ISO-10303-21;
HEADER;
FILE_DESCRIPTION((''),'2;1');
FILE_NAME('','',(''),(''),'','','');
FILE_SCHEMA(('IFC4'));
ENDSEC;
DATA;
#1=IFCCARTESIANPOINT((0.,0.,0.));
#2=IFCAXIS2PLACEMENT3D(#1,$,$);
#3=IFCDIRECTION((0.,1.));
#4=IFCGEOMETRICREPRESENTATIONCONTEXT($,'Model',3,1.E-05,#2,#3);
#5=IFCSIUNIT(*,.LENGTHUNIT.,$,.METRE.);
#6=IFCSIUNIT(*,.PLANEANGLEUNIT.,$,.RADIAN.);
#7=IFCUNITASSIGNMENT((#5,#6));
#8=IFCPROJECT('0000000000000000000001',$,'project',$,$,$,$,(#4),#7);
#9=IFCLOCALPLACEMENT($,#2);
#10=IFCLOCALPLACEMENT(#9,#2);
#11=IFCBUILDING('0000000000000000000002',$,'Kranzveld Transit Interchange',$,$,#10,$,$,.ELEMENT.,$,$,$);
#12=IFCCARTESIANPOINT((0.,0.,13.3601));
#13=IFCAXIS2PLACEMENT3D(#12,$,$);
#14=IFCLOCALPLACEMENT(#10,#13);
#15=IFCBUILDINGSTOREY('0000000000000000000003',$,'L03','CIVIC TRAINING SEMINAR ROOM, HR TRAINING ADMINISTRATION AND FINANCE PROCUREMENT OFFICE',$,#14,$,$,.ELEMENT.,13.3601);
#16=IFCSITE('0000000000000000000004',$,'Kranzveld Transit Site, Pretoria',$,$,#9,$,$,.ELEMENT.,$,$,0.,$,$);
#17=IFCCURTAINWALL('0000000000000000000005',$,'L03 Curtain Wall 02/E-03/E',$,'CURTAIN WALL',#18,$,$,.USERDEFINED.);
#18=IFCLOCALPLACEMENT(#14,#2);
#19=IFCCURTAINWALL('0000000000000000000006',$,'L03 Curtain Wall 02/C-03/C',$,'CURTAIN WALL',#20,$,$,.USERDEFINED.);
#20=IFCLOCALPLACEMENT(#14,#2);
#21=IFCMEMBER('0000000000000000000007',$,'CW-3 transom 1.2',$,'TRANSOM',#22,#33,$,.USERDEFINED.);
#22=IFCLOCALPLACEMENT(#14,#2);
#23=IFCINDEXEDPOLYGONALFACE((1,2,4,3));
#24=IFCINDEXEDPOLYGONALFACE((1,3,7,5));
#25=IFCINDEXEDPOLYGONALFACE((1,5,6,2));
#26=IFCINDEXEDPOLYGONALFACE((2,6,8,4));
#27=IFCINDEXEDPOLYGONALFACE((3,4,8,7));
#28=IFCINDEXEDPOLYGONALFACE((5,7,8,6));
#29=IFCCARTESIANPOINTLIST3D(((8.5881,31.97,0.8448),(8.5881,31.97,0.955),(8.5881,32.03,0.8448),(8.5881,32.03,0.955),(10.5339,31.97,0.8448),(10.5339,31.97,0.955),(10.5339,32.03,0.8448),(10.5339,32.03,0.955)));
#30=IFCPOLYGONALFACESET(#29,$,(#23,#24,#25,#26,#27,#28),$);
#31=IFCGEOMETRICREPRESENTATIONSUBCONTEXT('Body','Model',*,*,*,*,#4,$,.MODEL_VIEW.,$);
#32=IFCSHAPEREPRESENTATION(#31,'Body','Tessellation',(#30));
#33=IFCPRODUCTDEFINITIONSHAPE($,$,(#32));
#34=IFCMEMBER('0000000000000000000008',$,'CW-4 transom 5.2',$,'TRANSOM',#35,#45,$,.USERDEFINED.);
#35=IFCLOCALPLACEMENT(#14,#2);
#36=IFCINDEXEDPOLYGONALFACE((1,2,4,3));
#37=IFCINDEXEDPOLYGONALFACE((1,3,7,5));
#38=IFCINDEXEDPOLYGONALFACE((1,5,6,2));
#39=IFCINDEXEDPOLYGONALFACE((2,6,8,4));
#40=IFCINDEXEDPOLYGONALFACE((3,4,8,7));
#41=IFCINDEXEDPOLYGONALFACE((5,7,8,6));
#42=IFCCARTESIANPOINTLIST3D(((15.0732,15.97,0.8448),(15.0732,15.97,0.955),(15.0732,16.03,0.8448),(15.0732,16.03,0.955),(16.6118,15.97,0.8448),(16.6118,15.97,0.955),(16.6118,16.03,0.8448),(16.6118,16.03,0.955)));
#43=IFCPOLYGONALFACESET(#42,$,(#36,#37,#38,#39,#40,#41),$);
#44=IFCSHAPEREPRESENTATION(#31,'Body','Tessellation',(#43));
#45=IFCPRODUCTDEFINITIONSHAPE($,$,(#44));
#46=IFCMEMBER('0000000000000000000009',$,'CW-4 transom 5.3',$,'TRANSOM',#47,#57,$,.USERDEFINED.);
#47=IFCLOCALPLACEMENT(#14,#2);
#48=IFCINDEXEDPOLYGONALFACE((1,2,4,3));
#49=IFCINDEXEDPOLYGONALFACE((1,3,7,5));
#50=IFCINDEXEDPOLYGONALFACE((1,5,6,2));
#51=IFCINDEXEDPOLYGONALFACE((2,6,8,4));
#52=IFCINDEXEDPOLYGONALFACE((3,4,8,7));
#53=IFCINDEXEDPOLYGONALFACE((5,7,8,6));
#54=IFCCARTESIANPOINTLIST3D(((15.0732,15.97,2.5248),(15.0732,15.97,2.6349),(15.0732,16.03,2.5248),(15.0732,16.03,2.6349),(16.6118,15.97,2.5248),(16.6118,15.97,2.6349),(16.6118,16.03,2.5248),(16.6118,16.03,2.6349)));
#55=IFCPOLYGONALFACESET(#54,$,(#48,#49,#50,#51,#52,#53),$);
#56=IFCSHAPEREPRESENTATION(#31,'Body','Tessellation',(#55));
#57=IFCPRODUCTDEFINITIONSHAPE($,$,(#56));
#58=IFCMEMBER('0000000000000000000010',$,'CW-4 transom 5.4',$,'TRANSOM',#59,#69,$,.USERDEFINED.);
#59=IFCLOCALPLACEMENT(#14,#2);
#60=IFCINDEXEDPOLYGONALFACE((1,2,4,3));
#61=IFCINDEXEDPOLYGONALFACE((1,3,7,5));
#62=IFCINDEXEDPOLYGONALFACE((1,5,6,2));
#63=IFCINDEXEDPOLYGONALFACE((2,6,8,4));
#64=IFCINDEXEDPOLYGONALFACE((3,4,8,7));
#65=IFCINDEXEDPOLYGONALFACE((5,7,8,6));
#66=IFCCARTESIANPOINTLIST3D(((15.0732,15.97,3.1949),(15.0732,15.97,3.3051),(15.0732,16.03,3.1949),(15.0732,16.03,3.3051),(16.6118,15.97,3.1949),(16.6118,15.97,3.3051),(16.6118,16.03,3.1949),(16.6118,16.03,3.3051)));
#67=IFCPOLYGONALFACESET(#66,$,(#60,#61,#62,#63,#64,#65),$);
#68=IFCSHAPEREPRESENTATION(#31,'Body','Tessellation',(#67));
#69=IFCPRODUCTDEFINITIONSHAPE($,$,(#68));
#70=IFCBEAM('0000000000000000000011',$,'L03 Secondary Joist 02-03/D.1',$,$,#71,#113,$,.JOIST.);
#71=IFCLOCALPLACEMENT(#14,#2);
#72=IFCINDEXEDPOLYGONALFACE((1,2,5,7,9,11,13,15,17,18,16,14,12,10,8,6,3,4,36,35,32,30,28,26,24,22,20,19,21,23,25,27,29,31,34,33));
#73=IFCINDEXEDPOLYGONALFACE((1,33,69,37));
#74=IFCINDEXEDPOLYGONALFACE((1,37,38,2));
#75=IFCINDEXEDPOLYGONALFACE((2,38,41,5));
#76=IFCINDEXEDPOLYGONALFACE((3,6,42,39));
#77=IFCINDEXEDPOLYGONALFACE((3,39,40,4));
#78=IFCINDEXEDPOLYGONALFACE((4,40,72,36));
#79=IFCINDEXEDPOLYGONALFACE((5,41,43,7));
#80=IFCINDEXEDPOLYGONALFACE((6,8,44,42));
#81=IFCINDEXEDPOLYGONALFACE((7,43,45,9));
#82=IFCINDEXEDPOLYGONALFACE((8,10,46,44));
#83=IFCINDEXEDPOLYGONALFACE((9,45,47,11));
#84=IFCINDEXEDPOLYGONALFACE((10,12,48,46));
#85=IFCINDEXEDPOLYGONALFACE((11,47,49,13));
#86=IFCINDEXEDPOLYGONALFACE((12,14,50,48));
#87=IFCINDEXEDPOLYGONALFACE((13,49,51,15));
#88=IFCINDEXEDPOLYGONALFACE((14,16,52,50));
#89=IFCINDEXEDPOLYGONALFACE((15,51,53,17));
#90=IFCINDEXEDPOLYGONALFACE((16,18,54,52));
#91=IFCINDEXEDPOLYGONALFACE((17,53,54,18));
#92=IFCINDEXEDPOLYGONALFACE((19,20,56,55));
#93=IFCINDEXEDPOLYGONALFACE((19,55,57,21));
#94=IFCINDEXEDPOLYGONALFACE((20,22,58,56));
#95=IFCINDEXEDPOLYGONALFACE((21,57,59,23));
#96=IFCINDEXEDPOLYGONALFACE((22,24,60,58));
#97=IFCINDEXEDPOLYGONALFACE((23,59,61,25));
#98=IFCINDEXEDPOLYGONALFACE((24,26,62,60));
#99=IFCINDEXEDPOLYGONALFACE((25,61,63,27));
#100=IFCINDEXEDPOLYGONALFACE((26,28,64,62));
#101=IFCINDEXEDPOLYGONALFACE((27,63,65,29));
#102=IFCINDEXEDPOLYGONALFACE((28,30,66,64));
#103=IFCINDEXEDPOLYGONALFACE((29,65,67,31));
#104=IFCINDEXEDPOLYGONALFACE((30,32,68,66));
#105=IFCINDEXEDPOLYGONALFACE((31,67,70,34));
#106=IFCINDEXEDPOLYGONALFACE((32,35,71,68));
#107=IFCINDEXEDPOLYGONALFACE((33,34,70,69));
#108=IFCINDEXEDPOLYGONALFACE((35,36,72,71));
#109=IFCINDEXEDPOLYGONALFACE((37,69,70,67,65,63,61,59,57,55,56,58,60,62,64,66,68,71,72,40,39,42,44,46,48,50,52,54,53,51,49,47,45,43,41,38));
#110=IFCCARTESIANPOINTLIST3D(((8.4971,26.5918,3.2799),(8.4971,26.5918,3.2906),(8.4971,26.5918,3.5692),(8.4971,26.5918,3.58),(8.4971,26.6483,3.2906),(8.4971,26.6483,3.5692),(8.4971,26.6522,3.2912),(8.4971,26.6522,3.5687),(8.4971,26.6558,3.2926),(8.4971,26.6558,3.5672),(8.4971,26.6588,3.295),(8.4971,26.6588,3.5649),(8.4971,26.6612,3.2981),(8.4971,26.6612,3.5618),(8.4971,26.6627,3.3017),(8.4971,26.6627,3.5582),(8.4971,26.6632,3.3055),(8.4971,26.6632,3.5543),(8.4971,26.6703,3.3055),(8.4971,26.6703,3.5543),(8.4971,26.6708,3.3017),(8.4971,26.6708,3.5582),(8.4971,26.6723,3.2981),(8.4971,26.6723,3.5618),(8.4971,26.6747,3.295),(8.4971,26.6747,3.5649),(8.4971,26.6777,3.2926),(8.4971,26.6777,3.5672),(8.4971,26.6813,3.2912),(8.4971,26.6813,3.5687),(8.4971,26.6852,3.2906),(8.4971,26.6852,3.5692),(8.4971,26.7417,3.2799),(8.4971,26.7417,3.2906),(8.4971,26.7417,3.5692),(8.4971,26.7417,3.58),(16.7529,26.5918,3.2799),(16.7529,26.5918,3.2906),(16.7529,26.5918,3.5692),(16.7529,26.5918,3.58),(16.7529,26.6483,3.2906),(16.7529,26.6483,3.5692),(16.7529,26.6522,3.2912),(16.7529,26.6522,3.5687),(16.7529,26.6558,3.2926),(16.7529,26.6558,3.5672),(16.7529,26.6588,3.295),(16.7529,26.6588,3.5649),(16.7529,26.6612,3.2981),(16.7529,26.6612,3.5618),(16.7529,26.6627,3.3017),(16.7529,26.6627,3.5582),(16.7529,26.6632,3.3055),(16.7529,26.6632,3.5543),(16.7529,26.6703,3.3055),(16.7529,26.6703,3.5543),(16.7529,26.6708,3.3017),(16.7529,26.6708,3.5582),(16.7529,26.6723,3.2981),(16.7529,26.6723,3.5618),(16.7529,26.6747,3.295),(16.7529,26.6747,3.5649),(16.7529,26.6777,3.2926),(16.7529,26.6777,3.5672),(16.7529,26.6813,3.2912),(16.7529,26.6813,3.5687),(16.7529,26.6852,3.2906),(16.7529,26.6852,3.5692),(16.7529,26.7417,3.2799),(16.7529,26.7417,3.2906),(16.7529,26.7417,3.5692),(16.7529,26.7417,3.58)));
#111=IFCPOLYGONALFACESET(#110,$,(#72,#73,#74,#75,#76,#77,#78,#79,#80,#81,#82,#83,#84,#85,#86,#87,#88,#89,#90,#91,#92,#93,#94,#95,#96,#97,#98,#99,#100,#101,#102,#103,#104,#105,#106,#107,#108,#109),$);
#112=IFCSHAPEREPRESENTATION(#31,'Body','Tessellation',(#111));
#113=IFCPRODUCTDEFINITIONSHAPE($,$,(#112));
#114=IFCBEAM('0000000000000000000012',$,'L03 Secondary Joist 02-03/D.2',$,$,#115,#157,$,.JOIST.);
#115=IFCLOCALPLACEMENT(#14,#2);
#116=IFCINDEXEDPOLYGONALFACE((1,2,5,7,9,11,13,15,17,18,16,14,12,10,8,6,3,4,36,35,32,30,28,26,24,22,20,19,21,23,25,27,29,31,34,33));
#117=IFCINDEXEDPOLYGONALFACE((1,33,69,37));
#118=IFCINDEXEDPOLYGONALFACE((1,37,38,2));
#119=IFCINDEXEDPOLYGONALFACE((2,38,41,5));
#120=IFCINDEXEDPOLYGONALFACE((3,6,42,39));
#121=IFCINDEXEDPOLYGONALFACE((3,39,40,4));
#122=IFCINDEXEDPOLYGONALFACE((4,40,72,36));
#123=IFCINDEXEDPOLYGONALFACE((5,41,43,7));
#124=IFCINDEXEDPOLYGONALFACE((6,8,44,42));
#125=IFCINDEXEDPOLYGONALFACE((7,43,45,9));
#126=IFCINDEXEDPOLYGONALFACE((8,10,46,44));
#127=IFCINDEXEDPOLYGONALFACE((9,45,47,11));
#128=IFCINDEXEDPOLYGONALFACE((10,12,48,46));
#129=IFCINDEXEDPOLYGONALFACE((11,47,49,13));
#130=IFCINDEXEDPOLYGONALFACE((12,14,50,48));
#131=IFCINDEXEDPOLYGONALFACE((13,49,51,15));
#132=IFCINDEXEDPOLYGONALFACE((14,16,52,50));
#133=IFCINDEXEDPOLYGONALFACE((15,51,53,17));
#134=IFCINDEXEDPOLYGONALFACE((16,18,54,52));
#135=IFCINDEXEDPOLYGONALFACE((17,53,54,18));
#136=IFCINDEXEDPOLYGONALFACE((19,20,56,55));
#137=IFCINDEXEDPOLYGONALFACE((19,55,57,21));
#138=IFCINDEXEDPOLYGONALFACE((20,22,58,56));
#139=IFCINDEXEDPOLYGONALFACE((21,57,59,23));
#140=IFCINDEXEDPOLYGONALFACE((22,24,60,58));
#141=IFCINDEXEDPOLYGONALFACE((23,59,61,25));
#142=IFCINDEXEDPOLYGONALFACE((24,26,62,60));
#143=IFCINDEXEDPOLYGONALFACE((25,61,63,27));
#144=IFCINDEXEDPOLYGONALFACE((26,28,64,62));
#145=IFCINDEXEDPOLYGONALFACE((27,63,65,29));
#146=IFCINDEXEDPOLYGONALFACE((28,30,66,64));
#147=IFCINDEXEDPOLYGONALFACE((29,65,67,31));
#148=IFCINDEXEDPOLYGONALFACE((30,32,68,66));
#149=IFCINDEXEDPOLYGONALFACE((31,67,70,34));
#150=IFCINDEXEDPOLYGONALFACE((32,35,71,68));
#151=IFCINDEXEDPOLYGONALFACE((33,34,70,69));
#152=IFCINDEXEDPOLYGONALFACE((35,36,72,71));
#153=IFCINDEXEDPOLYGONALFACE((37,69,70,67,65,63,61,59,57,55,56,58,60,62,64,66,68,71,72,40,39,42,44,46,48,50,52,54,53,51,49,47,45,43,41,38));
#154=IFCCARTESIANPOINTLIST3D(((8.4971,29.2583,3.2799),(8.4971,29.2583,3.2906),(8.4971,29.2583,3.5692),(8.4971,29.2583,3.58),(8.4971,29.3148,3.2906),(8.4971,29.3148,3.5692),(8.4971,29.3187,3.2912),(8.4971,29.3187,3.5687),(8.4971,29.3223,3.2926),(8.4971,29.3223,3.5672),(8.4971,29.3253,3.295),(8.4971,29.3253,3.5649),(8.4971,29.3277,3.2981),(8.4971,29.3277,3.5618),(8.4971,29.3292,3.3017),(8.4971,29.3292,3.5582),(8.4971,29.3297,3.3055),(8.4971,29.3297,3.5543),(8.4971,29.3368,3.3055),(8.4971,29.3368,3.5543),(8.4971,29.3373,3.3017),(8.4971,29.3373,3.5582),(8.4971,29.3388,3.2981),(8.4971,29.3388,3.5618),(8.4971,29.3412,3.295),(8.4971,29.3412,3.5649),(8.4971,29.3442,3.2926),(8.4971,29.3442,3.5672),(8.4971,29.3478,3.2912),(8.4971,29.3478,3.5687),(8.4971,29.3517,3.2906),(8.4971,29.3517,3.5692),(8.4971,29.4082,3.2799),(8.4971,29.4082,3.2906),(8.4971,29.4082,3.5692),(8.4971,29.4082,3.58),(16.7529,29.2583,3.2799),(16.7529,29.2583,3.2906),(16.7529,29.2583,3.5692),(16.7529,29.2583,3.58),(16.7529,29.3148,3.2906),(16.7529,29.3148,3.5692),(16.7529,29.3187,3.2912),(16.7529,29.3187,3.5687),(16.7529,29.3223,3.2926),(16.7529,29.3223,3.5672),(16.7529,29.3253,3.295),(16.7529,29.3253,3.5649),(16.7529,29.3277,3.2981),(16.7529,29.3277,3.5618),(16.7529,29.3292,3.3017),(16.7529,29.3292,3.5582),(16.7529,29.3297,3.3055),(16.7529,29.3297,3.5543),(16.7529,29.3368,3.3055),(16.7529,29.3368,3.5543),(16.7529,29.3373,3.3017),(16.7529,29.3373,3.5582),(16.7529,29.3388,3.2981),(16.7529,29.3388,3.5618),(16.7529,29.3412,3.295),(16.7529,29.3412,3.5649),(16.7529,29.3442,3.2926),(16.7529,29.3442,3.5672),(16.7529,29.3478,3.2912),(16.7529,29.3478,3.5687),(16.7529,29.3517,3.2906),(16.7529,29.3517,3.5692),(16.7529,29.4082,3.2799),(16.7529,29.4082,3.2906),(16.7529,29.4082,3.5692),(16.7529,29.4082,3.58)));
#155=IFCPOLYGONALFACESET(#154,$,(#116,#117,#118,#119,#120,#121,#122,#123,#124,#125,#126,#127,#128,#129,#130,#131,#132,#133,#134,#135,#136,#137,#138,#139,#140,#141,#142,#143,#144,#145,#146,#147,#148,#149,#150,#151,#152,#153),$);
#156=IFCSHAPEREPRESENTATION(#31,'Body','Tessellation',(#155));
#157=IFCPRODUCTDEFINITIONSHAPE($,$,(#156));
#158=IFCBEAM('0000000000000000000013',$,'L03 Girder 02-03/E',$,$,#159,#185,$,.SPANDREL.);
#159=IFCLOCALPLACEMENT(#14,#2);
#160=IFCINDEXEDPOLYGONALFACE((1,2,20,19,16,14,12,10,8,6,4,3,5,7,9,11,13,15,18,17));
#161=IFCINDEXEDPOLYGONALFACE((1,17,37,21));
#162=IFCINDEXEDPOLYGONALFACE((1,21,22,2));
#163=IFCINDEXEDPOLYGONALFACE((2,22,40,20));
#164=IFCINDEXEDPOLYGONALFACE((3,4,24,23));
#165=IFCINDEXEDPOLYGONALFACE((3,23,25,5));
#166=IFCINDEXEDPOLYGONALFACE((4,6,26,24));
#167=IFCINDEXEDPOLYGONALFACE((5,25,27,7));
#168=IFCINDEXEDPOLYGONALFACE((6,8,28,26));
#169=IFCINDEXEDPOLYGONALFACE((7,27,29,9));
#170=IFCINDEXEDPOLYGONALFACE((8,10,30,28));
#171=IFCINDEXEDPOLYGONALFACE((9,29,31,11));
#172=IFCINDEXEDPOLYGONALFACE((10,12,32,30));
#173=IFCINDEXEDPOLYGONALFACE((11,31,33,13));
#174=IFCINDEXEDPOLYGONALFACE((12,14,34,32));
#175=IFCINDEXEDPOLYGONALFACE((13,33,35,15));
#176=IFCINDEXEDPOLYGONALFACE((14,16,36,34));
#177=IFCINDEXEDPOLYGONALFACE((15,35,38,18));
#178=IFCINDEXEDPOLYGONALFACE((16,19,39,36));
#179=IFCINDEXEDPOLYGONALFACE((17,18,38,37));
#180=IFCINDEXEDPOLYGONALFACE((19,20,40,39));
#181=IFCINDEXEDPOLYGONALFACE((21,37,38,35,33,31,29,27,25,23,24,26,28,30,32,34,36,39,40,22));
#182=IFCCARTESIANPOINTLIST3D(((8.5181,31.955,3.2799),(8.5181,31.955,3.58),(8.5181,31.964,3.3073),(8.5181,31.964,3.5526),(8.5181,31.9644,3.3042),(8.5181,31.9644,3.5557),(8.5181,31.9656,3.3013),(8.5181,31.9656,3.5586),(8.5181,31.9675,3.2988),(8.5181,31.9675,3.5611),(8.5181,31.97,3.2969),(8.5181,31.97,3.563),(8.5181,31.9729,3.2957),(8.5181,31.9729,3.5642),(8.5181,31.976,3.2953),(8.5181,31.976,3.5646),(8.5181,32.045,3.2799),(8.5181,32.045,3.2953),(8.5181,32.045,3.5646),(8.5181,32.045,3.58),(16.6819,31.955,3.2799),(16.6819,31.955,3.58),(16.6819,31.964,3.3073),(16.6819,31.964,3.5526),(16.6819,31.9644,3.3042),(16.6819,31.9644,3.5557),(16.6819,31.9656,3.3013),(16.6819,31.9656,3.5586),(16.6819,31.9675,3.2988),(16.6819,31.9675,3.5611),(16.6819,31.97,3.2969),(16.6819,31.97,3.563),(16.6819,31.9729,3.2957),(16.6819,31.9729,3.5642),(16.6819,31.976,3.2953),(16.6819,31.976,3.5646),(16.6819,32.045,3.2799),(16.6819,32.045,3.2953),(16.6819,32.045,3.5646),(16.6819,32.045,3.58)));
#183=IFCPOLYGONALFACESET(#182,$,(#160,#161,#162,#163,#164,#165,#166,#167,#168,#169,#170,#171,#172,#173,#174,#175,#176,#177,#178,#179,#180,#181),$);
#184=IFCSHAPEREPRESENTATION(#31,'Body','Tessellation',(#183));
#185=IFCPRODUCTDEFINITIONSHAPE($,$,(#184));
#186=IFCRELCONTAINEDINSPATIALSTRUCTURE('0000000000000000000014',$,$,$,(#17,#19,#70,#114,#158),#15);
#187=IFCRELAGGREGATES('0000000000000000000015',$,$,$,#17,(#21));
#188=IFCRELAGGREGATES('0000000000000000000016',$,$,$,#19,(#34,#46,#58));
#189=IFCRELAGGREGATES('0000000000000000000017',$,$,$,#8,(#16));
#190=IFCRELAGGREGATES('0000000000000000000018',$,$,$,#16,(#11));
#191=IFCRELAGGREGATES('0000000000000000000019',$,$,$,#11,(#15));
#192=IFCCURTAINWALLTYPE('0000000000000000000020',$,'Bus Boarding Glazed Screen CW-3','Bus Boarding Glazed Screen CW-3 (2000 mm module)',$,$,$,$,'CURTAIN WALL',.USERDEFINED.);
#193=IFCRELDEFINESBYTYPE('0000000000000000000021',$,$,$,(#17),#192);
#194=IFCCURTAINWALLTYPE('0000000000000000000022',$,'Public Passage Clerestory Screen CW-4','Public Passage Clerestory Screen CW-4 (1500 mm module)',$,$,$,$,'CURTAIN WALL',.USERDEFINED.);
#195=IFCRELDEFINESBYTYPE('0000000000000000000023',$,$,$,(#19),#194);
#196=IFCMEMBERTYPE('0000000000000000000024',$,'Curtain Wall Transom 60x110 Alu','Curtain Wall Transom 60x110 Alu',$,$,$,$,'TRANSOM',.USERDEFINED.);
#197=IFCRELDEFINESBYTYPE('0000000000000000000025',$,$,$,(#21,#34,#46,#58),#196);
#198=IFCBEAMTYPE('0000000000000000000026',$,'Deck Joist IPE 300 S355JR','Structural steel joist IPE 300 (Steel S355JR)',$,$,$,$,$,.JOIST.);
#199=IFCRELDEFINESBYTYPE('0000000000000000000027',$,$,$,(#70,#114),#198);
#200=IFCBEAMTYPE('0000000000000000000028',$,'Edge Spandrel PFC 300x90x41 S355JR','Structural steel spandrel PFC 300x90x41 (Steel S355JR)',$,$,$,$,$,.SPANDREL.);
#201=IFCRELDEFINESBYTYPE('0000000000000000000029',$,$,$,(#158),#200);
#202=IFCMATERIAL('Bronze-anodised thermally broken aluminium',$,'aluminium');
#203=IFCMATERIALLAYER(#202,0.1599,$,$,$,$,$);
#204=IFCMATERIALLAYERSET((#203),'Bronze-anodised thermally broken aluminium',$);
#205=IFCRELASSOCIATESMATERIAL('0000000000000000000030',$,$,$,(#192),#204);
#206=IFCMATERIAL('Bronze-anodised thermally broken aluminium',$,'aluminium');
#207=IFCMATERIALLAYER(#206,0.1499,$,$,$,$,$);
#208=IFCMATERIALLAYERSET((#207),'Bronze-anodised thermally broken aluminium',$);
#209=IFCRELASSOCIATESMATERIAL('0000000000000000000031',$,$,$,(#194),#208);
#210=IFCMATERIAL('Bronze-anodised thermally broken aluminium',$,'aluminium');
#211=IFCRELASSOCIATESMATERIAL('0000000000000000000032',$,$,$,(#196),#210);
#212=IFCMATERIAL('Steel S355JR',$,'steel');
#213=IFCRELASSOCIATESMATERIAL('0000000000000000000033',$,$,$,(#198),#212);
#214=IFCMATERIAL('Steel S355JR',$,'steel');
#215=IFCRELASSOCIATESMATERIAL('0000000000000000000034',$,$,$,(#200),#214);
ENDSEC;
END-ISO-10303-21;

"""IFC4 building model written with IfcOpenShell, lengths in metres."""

from ifc_helpers import new_model, si_unit, direction, frame, origin, origin_2d, place, context, subcontext, project, spatial, rectangle, i_section, u_section, extrude, material, layer, layer_set, material_profile, profile_set, type_object, element, aggregate, save


model = new_model("IFC4")

# Units and contexts
model_context = context("Model", 3, precision=1e-05, world=origin(), true_north=direction((0.0, 1.0)))
body_context = subcontext(model_context, "Body", "Model", "MODEL_VIEW")
ifc_project = project(units=[si_unit("LENGTHUNIT", "METRE"), si_unit("PLANEANGLEUNIT", "RADIAN")], contexts=[model_context])

# Site, building, storey
site_placement = place(None, origin())
site = spatial("IfcSite", under=ifc_project, at=site_placement, Name="Kranzveld Transit Site, Pretoria", CompositionType="ELEMENT", RefElevation=0.0)
building_placement = place(site_placement, origin())
building = spatial("IfcBuilding", under=site, at=building_placement, Name="Kranzveld Transit Interchange", CompositionType="ELEMENT")
storey_placement = place(building_placement, frame((0.0, 0.0, 13.3601)))
storey = spatial("IfcBuildingStorey", under=building, at=storey_placement, Name="L03", Description="CIVIC TRAINING SEMINAR ROOM, HR TRAINING ADMINISTRATION AND FINANCE PROCUREMENT OFFICE", CompositionType="ELEMENT", Elevation=13.3601)

# Curtain walls
ifc_material_1 = material(Name="Bronze-anodised thermally broken aluminium", Category="aluminium")
ifc_layer_1 = layer(ifc_material_1, 0.1599)
ifc_layer_set_1 = layer_set([ifc_layer_1], Name="Bronze-anodised thermally broken aluminium")
curtain_wall_type_1 = type_object("IfcCurtainWallType", Name="Bus Boarding Glazed Screen CW-3", Description="Bus Boarding Glazed Screen CW-3 (2000 mm module)", ElementType="CURTAIN WALL", PredefinedType="USERDEFINED", material=ifc_layer_set_1)
curtain_wall_1_placement = place(storey_placement, origin())
curtain_wall_1 = element("IfcCurtainWall", 1, at=curtain_wall_1_placement, inside=storey, type_object=curtain_wall_type_1, Name="L03 Curtain Wall 02/E-03/E", ObjectType="CURTAIN WALL", PredefinedType="USERDEFINED")
ifc_material_2 = material(Name="Bronze-anodised thermally broken aluminium", Category="aluminium")
ifc_layer_2 = layer(ifc_material_2, 0.1499)
ifc_layer_set_2 = layer_set([ifc_layer_2], Name="Bronze-anodised thermally broken aluminium")
curtain_wall_type_2 = type_object("IfcCurtainWallType", Name="Public Passage Clerestory Screen CW-4", Description="Public Passage Clerestory Screen CW-4 (1500 mm module)", ElementType="CURTAIN WALL", PredefinedType="USERDEFINED", material=ifc_layer_set_2)
curtain_wall_2_placement = place(storey_placement, origin())
curtain_wall_2 = element("IfcCurtainWall", 2, at=curtain_wall_2_placement, inside=storey, type_object=curtain_wall_type_2, Name="L03 Curtain Wall 02/C-03/C", ObjectType="CURTAIN WALL", PredefinedType="USERDEFINED")

# Members
ifc_material_3 = material(Name="Bronze-anodised thermally broken aluminium", Category="aluminium")
ifc_material_profile_1 = material_profile(ifc_material_3, rectangle(XDim=0.0601, YDim=0.1101, at=origin_2d()), Name="ALU TRANSOM 60x110")
ifc_profile_set_1 = profile_set([ifc_material_profile_1], Name="Bronze-anodised thermally broken aluminium")
member_type_1 = type_object("IfcMemberType", Name="Curtain Wall Transom 60x110 Alu", Description="Curtain Wall Transom 60x110 Alu", ElementType="TRANSOM", PredefinedType="USERDEFINED", material=ifc_profile_set_1)
member_1_placement = place(storey_placement, frame((8.5881, 32.0, 0.8999), z_axis=(1.0, 0.0, 0.0), x_axis=(0.0, 1.0, 0.0)))
member_1 = element("IfcMember", 3, at=member_1_placement, type_object=member_type_1, Name="CW-3 transom 1.2", ObjectType="TRANSOM", PredefinedType="USERDEFINED", context=body_context, shape_type="SweptSolid", body=[
    extrude(rectangle(XDim=0.0601, YDim=0.1101, at=origin_2d()), origin(), (0.0, 0.0, 1.0), 1.9458),
])
aggregate(curtain_wall_1, [member_1])
member_2_placement = place(storey_placement, frame((15.0732, 16.0, 0.8999), z_axis=(1.0, 0.0, 0.0), x_axis=(0.0, 1.0, 0.0)))
member_2 = element("IfcMember", 4, at=member_2_placement, type_object=member_type_1, Name="CW-4 transom 5.2", ObjectType="TRANSOM", PredefinedType="USERDEFINED", context=body_context, shape_type="SweptSolid", body=[
    extrude(rectangle(XDim=0.0601, YDim=0.1101, at=origin_2d()), origin(), (0.0, 0.0, 1.0), 1.5386),
])
member_3_placement = place(storey_placement, frame((15.0732, 16.0, 2.5798), z_axis=(1.0, 0.0, 0.0), x_axis=(0.0, 1.0, 0.0)))
member_3 = element("IfcMember", 5, at=member_3_placement, type_object=member_type_1, Name="CW-4 transom 5.3", ObjectType="TRANSOM", PredefinedType="USERDEFINED", context=body_context, shape_type="SweptSolid", body=[
    extrude(rectangle(XDim=0.0601, YDim=0.1101, at=origin_2d()), origin(), (0.0, 0.0, 1.0), 1.5386),
])
member_4_placement = place(storey_placement, frame((15.0732, 16.0, 3.25), z_axis=(1.0, 0.0, 0.0), x_axis=(0.0, 1.0, 0.0)))
member_4 = element("IfcMember", 6, at=member_4_placement, type_object=member_type_1, Name="CW-4 transom 5.4", ObjectType="TRANSOM", PredefinedType="USERDEFINED", context=body_context, shape_type="SweptSolid", body=[
    extrude(rectangle(XDim=0.0601, YDim=0.1101, at=origin_2d()), origin(), (0.0, 0.0, 1.0), 1.5386),
])

# Beams
ifc_material_4 = material(Name="Steel S355JR", Category="steel")
ifc_material_profile_2 = material_profile(ifc_material_4, i_section(OverallWidth=0.1499, OverallDepth=0.3, WebThickness=0.0071, FlangeThickness=0.0107, FilletRadius=0.0149, at=origin_2d()), Name="IPE 300")
ifc_profile_set_2 = profile_set([ifc_material_profile_2], Name="Steel S355JR")
beam_type_1 = type_object("IfcBeamType", Name="Deck Joist IPE 300 S355JR", Description="Structural steel joist IPE 300 (Steel S355JR)", PredefinedType="JOIST", material=ifc_profile_set_2)
for number, where, z_axis, x_axis, name in (
    (7, (8.4971, 26.6667, 3.4299), (1.0, 0.0, 0.0), (0.0, 1.0, 0.0), "L03 Secondary Joist 02-03/D.1"),
    (8, (8.4971, 29.3333, 3.4299), (1.0, 0.0, 0.0), (0.0, 1.0, 0.0), "L03 Secondary Joist 02-03/D.2"),
):
    element("IfcBeam", number, at=place(storey_placement, frame(where, z_axis=z_axis, x_axis=x_axis)), inside=storey, type_object=beam_type_1, Name=name, PredefinedType="JOIST", context=body_context, shape_type="SweptSolid", body=[
        extrude(i_section(OverallWidth=0.1499, OverallDepth=0.3, WebThickness=0.0071, FlangeThickness=0.0107, FilletRadius=0.0149, at=origin_2d()), origin(), (0.0, 0.0, 1.0), 8.2559),
    ])
ifc_material_5 = material(Name="Steel S355JR", Category="steel")
ifc_material_profile_3 = material_profile(ifc_material_5, u_section(Depth=0.3, FlangeWidth=0.0901, WebThickness=0.009, FlangeThickness=0.0154, FilletRadius=0.012, at=origin_2d()), Name="PFC 300x90x41")
ifc_profile_set_3 = profile_set([ifc_material_profile_3], Name="Steel S355JR")
beam_type_2 = type_object("IfcBeamType", Name="Edge Spandrel PFC 300x90x41 S355JR", Description="Structural steel spandrel PFC 300x90x41 (Steel S355JR)", PredefinedType="SPANDREL", material=ifc_profile_set_3)
beam_1_placement = place(storey_placement, frame((8.5181, 32.0, 3.4299), z_axis=(1.0, 0.0, 0.0), x_axis=(0.0, 1.0, 0.0)))
element("IfcBeam", 9, at=beam_1_placement, inside=storey, type_object=beam_type_2, Name="L03 Girder 02-03/E", PredefinedType="SPANDREL", context=body_context, shape_type="SweptSolid", body=[
    extrude(u_section(Depth=0.3, FlangeWidth=0.0901, WebThickness=0.009, FlangeThickness=0.0154, FilletRadius=0.012, at=origin_2d()), origin(), (0.0, 0.0, 1.0), 8.1638),
])

aggregate(curtain_wall_2, [member_2, member_3, member_4])

save(model, "model.ifc")
